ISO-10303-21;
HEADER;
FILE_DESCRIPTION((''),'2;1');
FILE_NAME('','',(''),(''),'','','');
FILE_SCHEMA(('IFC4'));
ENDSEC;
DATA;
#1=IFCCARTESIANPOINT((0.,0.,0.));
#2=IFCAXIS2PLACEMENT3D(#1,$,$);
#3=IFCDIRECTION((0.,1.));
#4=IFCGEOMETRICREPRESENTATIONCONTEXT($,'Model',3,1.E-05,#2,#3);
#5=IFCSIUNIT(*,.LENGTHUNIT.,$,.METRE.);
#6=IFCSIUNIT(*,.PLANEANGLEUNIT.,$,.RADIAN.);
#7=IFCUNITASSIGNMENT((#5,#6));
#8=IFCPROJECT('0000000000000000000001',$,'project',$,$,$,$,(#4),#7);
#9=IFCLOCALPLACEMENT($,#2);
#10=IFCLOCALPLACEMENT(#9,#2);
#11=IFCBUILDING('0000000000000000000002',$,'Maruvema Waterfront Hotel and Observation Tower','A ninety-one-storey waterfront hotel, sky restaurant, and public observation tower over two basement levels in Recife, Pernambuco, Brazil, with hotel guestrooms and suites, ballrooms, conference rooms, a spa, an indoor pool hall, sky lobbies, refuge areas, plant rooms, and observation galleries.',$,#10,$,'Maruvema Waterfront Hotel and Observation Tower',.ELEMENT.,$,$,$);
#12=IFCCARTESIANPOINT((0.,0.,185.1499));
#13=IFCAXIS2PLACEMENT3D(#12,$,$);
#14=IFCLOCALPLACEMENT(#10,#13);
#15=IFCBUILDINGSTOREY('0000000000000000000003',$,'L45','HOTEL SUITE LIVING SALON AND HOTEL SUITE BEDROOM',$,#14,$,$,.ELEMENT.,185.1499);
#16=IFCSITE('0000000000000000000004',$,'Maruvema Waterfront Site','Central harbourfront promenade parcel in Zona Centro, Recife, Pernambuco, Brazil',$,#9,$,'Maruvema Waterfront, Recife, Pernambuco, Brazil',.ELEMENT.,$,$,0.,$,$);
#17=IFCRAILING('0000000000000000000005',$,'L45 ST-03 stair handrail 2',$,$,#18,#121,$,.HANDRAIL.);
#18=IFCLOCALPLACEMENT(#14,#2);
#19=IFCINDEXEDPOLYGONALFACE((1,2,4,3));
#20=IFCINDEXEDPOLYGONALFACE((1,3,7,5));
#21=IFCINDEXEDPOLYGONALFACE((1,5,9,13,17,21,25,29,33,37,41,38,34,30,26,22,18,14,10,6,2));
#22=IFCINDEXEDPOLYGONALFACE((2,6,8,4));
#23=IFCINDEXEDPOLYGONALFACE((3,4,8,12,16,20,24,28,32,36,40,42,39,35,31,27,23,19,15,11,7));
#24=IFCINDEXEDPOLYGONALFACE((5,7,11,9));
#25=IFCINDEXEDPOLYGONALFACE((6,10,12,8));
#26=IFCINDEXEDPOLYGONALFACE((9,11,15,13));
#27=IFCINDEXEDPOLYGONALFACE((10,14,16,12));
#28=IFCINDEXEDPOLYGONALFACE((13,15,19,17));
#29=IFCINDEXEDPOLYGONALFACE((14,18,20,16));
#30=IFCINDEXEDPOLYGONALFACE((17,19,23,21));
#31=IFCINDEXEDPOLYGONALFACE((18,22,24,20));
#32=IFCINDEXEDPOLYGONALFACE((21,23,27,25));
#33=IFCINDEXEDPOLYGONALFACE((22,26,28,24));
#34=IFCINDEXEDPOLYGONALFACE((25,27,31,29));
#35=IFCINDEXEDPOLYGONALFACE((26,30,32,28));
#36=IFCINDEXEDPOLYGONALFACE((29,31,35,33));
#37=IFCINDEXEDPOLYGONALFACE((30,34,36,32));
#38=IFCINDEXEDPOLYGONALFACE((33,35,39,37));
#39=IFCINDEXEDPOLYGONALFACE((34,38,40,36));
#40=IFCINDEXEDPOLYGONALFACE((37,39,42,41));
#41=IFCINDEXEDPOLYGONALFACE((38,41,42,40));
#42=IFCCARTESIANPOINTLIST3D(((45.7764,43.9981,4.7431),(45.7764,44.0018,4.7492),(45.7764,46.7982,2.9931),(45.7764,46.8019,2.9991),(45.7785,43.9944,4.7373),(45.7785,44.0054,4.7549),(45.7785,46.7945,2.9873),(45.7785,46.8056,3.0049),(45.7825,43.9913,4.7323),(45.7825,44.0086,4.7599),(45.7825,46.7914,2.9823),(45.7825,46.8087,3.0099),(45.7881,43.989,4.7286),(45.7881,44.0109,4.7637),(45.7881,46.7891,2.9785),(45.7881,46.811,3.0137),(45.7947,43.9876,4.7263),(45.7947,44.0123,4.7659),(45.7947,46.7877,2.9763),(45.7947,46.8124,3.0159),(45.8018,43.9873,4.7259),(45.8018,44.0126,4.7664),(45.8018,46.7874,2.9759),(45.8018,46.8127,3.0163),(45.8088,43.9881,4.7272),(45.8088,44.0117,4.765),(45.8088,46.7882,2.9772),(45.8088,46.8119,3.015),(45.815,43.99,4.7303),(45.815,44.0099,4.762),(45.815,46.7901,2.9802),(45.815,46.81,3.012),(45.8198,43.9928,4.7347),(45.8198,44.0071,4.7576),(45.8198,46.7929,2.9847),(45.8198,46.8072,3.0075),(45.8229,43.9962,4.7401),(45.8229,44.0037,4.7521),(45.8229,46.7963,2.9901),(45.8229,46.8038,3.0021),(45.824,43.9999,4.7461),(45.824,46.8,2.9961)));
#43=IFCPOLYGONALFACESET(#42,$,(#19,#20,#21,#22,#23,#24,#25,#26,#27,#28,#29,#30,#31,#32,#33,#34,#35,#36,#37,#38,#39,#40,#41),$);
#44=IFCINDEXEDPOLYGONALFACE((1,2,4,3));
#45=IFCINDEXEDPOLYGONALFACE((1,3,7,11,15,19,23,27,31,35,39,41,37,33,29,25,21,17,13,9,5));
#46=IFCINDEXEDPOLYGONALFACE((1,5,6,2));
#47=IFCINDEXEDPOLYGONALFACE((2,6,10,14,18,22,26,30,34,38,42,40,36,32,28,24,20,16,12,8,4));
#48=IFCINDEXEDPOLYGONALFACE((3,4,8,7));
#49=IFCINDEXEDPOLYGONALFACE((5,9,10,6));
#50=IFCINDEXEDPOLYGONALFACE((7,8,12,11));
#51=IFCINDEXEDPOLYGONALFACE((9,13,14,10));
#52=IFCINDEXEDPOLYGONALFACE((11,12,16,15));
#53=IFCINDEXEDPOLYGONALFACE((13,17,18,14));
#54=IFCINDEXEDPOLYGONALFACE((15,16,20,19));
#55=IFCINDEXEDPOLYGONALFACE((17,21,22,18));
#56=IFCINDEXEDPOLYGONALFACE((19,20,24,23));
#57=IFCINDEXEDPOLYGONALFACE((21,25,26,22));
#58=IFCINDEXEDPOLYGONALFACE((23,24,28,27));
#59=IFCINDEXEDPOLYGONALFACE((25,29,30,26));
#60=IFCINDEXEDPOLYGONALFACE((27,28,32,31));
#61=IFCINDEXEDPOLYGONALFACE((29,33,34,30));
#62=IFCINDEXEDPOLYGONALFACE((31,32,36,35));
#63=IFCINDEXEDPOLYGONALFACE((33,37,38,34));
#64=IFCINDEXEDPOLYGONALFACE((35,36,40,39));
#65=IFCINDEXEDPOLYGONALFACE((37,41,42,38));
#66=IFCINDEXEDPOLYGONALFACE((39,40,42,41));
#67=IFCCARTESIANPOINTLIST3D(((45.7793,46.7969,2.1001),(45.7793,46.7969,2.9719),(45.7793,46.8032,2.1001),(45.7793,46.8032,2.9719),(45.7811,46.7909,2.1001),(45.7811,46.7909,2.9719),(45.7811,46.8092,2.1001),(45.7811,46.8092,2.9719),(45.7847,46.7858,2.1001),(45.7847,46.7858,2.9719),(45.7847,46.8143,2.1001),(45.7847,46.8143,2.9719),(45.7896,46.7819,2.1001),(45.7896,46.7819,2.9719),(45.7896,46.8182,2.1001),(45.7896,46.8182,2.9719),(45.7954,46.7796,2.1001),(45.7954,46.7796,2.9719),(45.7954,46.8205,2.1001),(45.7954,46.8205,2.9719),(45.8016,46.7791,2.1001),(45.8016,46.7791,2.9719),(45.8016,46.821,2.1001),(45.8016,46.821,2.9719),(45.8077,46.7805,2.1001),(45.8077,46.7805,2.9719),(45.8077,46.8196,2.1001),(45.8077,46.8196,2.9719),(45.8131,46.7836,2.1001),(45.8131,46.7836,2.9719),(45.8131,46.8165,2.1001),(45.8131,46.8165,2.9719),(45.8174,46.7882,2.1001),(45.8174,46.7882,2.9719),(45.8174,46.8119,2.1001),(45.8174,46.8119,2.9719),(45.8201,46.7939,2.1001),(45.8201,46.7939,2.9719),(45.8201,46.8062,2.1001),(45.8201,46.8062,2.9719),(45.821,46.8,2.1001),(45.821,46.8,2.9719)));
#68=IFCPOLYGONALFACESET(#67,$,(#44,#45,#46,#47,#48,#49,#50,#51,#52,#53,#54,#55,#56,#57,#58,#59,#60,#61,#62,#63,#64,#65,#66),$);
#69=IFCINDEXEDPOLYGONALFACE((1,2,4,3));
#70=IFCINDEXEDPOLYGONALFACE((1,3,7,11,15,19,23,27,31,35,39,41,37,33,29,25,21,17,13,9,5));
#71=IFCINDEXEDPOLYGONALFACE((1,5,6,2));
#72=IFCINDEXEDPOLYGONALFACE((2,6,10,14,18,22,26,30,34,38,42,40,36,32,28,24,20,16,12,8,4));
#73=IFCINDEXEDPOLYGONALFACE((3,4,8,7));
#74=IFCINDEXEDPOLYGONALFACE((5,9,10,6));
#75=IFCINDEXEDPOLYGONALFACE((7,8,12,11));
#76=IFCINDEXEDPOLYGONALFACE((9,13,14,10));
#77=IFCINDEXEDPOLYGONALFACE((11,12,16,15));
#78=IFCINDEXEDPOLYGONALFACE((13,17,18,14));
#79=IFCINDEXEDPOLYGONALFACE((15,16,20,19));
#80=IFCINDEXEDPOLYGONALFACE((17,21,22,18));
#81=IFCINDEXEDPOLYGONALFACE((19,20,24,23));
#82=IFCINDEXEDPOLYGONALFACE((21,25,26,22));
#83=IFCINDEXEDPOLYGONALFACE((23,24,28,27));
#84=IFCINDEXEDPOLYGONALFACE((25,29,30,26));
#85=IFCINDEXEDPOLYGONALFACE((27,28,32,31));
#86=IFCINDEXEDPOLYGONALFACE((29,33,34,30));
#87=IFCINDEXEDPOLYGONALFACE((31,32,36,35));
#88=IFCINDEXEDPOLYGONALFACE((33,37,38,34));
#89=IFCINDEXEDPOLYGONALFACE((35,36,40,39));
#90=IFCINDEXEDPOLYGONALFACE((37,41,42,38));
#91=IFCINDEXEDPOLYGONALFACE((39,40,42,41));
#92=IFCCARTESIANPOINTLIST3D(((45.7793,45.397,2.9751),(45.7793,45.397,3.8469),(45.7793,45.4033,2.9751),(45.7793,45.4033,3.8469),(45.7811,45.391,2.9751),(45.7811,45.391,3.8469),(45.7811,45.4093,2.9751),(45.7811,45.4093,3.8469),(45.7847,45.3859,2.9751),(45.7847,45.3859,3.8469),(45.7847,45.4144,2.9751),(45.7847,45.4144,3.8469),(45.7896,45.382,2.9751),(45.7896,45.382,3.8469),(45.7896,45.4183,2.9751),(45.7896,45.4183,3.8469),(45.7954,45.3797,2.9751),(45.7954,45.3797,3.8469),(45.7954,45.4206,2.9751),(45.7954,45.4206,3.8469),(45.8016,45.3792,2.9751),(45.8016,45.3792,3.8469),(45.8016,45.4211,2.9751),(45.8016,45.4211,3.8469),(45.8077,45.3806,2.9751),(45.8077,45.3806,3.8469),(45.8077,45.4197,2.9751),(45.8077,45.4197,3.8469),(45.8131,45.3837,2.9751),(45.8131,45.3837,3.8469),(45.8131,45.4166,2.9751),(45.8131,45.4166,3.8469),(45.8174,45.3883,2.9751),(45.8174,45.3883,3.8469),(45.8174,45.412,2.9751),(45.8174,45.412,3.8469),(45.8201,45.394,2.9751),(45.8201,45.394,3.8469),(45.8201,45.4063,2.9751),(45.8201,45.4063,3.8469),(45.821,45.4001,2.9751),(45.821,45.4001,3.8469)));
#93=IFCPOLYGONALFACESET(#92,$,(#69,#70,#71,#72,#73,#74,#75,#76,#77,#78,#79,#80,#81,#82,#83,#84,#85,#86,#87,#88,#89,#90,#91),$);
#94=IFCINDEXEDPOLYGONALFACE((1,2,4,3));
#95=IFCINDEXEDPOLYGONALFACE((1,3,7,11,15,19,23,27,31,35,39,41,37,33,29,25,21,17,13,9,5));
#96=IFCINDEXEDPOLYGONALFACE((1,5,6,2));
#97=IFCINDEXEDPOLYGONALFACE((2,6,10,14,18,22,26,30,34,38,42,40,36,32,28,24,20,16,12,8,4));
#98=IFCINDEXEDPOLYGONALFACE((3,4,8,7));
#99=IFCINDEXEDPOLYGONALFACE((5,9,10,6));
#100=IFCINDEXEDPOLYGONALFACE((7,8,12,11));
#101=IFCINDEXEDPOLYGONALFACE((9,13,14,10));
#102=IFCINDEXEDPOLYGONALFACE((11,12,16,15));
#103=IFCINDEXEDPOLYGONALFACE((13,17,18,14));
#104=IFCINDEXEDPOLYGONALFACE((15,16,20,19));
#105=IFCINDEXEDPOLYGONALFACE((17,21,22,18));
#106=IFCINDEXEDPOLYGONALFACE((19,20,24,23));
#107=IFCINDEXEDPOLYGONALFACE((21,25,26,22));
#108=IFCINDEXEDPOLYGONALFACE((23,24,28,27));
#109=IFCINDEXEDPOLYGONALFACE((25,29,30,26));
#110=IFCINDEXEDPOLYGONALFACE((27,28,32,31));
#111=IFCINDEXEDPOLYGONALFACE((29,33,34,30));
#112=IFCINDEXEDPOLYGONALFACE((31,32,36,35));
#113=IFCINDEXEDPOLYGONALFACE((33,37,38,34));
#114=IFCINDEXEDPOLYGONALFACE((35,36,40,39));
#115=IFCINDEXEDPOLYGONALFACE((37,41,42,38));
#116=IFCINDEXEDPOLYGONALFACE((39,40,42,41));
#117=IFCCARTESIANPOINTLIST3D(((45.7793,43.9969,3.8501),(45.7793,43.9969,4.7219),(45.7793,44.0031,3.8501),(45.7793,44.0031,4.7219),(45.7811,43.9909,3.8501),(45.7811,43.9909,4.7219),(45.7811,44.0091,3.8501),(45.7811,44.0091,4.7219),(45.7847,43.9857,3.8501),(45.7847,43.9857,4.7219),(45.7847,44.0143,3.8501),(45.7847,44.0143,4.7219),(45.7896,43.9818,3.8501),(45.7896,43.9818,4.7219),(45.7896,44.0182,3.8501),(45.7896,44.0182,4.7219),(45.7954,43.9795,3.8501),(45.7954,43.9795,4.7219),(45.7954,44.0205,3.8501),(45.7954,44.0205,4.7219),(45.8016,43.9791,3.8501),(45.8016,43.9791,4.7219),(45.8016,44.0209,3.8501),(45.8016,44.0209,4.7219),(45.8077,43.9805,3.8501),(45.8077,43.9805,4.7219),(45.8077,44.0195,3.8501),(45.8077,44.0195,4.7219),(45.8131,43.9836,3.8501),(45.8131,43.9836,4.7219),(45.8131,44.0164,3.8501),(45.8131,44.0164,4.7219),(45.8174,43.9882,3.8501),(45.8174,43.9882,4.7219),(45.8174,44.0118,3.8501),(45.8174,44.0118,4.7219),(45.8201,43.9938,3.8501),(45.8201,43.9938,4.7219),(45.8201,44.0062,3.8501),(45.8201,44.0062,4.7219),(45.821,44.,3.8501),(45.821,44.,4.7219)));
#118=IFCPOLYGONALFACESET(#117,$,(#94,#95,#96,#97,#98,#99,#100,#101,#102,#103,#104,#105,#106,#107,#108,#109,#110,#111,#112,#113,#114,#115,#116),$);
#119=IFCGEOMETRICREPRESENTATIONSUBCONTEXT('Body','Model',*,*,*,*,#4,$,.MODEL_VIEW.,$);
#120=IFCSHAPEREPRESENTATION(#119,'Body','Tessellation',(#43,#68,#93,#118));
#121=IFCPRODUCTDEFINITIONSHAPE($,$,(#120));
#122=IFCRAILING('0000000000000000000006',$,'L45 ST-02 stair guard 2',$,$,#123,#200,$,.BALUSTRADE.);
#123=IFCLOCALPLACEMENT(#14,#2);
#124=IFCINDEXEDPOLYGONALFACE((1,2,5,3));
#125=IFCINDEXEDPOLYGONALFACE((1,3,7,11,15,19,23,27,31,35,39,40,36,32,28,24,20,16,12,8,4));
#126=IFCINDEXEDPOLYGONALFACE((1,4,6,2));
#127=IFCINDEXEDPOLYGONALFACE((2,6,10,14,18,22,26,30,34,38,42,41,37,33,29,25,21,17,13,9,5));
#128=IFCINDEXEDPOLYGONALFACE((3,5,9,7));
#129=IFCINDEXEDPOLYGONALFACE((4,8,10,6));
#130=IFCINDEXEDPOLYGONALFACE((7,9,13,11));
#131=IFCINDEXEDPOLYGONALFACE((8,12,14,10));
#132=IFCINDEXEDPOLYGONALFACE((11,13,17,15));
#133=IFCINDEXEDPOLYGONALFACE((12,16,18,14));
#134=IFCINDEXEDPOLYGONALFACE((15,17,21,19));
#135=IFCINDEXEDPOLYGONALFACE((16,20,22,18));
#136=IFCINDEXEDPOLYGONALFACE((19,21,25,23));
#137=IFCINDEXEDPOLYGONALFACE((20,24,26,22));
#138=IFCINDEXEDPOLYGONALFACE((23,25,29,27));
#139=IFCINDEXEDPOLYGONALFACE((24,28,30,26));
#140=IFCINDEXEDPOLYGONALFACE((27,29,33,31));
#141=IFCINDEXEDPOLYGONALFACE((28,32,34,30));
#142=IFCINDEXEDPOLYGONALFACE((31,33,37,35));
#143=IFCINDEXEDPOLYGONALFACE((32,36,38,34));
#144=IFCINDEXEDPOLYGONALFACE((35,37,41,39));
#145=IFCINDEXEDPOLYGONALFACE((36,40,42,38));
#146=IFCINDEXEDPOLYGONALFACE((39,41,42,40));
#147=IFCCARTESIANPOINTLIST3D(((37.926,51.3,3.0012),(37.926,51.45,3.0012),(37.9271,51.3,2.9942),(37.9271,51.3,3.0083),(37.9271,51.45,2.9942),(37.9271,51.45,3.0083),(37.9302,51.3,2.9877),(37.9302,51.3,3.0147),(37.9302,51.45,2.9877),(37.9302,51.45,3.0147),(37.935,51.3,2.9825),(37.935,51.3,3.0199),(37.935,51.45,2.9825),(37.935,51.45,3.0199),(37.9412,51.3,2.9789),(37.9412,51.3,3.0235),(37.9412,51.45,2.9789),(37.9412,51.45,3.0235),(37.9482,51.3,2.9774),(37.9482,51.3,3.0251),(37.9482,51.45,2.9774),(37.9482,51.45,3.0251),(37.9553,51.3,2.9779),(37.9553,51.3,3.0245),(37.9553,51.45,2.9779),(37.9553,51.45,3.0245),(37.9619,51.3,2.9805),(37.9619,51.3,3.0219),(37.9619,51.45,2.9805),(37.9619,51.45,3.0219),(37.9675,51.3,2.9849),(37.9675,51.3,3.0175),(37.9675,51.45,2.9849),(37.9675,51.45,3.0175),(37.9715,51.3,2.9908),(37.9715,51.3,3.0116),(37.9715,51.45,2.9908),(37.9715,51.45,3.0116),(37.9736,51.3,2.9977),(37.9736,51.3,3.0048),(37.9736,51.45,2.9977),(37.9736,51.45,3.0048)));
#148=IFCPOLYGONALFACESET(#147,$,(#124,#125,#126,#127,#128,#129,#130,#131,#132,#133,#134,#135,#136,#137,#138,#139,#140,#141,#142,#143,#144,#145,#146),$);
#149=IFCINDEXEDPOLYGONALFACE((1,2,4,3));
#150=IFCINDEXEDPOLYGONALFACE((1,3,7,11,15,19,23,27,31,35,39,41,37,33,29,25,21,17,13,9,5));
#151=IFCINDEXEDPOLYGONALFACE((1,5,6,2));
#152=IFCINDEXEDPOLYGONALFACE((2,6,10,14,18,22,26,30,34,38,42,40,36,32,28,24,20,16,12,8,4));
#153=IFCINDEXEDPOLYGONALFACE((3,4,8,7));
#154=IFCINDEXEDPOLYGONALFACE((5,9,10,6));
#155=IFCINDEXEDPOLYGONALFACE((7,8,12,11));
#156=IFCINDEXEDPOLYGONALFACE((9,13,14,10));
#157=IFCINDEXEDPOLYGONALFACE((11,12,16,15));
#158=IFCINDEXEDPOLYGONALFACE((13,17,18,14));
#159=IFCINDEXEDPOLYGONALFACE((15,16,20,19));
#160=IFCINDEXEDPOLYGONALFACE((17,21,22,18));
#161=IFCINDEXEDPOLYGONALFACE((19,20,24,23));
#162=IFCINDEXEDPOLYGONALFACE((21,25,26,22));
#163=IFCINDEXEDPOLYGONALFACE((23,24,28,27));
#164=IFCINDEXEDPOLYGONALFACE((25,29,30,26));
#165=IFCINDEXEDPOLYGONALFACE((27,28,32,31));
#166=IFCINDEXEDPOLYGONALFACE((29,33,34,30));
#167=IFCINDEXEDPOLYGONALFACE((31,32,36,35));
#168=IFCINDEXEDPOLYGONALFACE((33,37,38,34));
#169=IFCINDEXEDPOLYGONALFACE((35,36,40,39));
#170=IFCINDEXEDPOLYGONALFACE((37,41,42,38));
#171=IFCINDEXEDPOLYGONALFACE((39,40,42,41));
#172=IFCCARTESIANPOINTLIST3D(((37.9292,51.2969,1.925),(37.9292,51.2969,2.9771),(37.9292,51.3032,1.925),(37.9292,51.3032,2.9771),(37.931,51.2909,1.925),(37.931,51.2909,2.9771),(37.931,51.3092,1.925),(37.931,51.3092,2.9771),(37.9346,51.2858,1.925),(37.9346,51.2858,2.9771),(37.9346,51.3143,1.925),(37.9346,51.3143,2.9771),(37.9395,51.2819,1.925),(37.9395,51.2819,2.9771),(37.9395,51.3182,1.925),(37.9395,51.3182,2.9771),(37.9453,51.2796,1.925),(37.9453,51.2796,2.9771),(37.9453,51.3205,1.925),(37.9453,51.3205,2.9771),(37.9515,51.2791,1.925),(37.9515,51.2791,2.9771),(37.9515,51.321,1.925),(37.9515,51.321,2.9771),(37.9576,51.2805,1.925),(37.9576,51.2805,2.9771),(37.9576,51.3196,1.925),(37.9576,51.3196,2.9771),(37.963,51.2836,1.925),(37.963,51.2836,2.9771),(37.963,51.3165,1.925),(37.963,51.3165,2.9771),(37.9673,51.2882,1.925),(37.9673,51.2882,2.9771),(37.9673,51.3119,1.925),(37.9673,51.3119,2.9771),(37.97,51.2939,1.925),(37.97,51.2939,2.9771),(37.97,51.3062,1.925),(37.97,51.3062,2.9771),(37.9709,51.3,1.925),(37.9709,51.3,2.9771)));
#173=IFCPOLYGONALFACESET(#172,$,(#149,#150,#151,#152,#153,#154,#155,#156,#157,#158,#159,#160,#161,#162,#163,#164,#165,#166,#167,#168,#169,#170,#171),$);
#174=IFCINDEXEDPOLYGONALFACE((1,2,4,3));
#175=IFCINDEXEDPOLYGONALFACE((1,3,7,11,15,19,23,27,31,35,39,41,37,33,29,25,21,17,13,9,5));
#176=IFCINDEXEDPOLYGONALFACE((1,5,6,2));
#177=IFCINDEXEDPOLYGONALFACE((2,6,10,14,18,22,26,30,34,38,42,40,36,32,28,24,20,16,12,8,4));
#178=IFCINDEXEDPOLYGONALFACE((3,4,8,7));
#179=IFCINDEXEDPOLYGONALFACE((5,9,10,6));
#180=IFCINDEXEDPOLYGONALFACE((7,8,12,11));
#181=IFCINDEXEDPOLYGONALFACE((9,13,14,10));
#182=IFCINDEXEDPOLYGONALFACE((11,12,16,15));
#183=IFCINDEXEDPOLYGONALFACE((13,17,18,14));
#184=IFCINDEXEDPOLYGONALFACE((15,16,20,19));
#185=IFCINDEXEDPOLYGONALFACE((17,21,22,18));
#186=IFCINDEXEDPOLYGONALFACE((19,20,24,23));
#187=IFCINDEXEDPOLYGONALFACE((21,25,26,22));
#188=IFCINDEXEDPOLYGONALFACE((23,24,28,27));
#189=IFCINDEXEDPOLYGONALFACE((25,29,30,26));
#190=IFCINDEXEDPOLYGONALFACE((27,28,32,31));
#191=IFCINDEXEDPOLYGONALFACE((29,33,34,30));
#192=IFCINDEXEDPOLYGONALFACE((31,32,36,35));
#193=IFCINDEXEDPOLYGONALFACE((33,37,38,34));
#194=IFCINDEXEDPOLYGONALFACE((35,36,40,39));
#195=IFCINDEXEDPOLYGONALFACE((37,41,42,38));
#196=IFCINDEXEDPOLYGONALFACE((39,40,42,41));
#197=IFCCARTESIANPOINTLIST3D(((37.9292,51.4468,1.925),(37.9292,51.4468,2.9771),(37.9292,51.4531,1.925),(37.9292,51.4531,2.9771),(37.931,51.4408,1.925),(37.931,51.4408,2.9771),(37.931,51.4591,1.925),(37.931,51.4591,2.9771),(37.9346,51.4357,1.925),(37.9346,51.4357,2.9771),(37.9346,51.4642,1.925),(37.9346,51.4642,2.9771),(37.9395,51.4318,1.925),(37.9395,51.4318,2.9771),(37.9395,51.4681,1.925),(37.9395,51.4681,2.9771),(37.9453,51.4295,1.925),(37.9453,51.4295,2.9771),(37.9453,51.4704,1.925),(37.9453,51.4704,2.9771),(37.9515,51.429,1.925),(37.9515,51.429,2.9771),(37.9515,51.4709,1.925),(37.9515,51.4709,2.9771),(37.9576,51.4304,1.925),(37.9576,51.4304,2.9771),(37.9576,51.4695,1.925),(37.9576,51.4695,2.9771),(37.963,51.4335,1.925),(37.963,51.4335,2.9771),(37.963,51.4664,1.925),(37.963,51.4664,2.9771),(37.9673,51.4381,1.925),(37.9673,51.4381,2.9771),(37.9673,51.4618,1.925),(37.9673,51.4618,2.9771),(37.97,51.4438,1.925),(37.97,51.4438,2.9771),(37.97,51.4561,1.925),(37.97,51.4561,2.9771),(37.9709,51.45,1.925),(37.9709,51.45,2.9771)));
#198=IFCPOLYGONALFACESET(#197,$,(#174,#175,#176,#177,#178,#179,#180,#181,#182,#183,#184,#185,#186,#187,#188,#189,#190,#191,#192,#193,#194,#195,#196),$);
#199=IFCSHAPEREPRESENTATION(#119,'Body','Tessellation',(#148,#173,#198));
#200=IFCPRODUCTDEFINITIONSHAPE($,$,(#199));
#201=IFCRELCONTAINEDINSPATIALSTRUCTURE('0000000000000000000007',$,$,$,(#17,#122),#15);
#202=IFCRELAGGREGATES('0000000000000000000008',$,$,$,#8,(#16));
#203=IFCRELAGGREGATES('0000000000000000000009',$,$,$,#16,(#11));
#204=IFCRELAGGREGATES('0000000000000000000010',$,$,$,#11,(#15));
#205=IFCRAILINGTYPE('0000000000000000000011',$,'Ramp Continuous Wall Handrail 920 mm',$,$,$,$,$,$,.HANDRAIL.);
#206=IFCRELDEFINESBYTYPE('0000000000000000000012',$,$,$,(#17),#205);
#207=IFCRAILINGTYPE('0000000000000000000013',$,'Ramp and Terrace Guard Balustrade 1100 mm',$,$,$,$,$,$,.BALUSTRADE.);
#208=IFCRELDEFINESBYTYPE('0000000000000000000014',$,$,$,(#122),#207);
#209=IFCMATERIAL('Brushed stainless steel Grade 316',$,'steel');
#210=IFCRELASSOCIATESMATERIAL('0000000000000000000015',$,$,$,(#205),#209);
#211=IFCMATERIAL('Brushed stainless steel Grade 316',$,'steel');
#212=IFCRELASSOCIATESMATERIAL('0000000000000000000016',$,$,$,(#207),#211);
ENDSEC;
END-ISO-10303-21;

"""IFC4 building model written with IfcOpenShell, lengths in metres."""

from ifc_helpers import new_model, si_unit, direction, frame, origin, origin_2d, place, context, subcontext, project, spatial, circle, extrude, material, type_object, element, save


model = new_model("IFC4")

# Units and contexts
model_context = context("Model", 3, precision=1e-05, world=origin(), true_north=direction((0.0, 1.0)))
body_context = subcontext(model_context, "Body", "Model", "MODEL_VIEW")
ifc_project = project(units=[si_unit("LENGTHUNIT", "METRE"), si_unit("PLANEANGLEUNIT", "RADIAN")], contexts=[model_context])

# Site, building, storey
site_placement = place(None, origin())
site = spatial("IfcSite", under=ifc_project, at=site_placement, Name="Maruvema Waterfront Site", Description="Central harbourfront promenade parcel in Zona Centro, Recife, Pernambuco, Brazil", LongName="Maruvema Waterfront, Recife, Pernambuco, Brazil", CompositionType="ELEMENT", RefElevation=0.0)
building_placement = place(site_placement, origin())
building = spatial("IfcBuilding", under=site, at=building_placement, Name="Maruvema Waterfront Hotel and Observation Tower", Description="A ninety-one-storey waterfront hotel, sky restaurant, and public observation tower over two basement levels in Recife, Pernambuco, Brazil, with hotel guestrooms and suites, ballrooms, conference rooms, a spa, an indoor pool hall, sky lobbies, refuge areas, plant rooms, and observation galleries.", LongName="Maruvema Waterfront Hotel and Observation Tower", CompositionType="ELEMENT")
storey_placement = place(building_placement, frame((0.0, 0.0, 185.1499)))
storey = spatial("IfcBuildingStorey", under=building, at=storey_placement, Name="L45", Description="HOTEL SUITE LIVING SALON AND HOTEL SUITE BEDROOM", CompositionType="ELEMENT", Elevation=185.1499)

# Railings
ifc_material_1 = material(Name="Brushed stainless steel Grade 316", Category="steel")
railing_type_1 = type_object("IfcRailingType", Name="Ramp Continuous Wall Handrail 920 mm", PredefinedType="HANDRAIL", material=ifc_material_1)
railing_1_placement = place(storey_placement, frame((45.8, 46.8, 2.1001)))
element("IfcRailing", 1, at=railing_1_placement, inside=storey, type_object=railing_type_1, Name="L45 ST-03 stair handrail 2", PredefinedType="HANDRAIL", context=body_context, shape_type="SweptSolid", body=[
    extrude(circle(Radius=0.0239, at=origin_2d()), frame((0.0, 0.0, 0.896), z_axis=(0.0, -0.848002, 0.529992), x_axis=(1.0, 0.0, 0.0)), (0.0, 0.0, 1.0), 3.302),
    extrude(circle(Radius=0.021, at=origin_2d()), origin(), (0.0, 0.0, 1.0), 0.8718),
    extrude(circle(Radius=0.021, at=origin_2d()), frame((0.0, -1.3999, 0.875)), (0.0, 0.0, 1.0), 0.8718),
    extrude(circle(Radius=0.021, at=origin_2d()), frame((0.0, -2.8, 1.75)), (0.0, 0.0, 1.0), 0.8718),
])
ifc_material_2 = material(Name="Brushed stainless steel Grade 316", Category="steel")
railing_type_2 = type_object("IfcRailingType", Name="Ramp and Terrace Guard Balustrade 1100 mm", PredefinedType="BALUSTRADE", material=ifc_material_2)
railing_2_placement = place(storey_placement, frame((37.95, 51.3, 1.925)))
element("IfcRailing", 2, at=railing_2_placement, inside=storey, type_object=railing_type_2, Name="L45 ST-02 stair guard 2", PredefinedType="BALUSTRADE", context=body_context, shape_type="SweptSolid", body=[
    extrude(circle(Radius=0.0239, at=origin_2d()), frame((0.0, 0.0, 1.0762), z_axis=(0.0, 1.0, 0.0), x_axis=(-1.0, 0.0, 0.0)), (0.0, 0.0, 1.0), 0.1499),
    extrude(circle(Radius=0.021, at=origin_2d()), origin(), (0.0, 0.0, 1.0), 1.052),
    extrude(circle(Radius=0.021, at=origin_2d()), frame((0.0, 0.1499, 0.0)), (0.0, 0.0, 1.0), 1.052),
])

save(model, "model.ifc")
